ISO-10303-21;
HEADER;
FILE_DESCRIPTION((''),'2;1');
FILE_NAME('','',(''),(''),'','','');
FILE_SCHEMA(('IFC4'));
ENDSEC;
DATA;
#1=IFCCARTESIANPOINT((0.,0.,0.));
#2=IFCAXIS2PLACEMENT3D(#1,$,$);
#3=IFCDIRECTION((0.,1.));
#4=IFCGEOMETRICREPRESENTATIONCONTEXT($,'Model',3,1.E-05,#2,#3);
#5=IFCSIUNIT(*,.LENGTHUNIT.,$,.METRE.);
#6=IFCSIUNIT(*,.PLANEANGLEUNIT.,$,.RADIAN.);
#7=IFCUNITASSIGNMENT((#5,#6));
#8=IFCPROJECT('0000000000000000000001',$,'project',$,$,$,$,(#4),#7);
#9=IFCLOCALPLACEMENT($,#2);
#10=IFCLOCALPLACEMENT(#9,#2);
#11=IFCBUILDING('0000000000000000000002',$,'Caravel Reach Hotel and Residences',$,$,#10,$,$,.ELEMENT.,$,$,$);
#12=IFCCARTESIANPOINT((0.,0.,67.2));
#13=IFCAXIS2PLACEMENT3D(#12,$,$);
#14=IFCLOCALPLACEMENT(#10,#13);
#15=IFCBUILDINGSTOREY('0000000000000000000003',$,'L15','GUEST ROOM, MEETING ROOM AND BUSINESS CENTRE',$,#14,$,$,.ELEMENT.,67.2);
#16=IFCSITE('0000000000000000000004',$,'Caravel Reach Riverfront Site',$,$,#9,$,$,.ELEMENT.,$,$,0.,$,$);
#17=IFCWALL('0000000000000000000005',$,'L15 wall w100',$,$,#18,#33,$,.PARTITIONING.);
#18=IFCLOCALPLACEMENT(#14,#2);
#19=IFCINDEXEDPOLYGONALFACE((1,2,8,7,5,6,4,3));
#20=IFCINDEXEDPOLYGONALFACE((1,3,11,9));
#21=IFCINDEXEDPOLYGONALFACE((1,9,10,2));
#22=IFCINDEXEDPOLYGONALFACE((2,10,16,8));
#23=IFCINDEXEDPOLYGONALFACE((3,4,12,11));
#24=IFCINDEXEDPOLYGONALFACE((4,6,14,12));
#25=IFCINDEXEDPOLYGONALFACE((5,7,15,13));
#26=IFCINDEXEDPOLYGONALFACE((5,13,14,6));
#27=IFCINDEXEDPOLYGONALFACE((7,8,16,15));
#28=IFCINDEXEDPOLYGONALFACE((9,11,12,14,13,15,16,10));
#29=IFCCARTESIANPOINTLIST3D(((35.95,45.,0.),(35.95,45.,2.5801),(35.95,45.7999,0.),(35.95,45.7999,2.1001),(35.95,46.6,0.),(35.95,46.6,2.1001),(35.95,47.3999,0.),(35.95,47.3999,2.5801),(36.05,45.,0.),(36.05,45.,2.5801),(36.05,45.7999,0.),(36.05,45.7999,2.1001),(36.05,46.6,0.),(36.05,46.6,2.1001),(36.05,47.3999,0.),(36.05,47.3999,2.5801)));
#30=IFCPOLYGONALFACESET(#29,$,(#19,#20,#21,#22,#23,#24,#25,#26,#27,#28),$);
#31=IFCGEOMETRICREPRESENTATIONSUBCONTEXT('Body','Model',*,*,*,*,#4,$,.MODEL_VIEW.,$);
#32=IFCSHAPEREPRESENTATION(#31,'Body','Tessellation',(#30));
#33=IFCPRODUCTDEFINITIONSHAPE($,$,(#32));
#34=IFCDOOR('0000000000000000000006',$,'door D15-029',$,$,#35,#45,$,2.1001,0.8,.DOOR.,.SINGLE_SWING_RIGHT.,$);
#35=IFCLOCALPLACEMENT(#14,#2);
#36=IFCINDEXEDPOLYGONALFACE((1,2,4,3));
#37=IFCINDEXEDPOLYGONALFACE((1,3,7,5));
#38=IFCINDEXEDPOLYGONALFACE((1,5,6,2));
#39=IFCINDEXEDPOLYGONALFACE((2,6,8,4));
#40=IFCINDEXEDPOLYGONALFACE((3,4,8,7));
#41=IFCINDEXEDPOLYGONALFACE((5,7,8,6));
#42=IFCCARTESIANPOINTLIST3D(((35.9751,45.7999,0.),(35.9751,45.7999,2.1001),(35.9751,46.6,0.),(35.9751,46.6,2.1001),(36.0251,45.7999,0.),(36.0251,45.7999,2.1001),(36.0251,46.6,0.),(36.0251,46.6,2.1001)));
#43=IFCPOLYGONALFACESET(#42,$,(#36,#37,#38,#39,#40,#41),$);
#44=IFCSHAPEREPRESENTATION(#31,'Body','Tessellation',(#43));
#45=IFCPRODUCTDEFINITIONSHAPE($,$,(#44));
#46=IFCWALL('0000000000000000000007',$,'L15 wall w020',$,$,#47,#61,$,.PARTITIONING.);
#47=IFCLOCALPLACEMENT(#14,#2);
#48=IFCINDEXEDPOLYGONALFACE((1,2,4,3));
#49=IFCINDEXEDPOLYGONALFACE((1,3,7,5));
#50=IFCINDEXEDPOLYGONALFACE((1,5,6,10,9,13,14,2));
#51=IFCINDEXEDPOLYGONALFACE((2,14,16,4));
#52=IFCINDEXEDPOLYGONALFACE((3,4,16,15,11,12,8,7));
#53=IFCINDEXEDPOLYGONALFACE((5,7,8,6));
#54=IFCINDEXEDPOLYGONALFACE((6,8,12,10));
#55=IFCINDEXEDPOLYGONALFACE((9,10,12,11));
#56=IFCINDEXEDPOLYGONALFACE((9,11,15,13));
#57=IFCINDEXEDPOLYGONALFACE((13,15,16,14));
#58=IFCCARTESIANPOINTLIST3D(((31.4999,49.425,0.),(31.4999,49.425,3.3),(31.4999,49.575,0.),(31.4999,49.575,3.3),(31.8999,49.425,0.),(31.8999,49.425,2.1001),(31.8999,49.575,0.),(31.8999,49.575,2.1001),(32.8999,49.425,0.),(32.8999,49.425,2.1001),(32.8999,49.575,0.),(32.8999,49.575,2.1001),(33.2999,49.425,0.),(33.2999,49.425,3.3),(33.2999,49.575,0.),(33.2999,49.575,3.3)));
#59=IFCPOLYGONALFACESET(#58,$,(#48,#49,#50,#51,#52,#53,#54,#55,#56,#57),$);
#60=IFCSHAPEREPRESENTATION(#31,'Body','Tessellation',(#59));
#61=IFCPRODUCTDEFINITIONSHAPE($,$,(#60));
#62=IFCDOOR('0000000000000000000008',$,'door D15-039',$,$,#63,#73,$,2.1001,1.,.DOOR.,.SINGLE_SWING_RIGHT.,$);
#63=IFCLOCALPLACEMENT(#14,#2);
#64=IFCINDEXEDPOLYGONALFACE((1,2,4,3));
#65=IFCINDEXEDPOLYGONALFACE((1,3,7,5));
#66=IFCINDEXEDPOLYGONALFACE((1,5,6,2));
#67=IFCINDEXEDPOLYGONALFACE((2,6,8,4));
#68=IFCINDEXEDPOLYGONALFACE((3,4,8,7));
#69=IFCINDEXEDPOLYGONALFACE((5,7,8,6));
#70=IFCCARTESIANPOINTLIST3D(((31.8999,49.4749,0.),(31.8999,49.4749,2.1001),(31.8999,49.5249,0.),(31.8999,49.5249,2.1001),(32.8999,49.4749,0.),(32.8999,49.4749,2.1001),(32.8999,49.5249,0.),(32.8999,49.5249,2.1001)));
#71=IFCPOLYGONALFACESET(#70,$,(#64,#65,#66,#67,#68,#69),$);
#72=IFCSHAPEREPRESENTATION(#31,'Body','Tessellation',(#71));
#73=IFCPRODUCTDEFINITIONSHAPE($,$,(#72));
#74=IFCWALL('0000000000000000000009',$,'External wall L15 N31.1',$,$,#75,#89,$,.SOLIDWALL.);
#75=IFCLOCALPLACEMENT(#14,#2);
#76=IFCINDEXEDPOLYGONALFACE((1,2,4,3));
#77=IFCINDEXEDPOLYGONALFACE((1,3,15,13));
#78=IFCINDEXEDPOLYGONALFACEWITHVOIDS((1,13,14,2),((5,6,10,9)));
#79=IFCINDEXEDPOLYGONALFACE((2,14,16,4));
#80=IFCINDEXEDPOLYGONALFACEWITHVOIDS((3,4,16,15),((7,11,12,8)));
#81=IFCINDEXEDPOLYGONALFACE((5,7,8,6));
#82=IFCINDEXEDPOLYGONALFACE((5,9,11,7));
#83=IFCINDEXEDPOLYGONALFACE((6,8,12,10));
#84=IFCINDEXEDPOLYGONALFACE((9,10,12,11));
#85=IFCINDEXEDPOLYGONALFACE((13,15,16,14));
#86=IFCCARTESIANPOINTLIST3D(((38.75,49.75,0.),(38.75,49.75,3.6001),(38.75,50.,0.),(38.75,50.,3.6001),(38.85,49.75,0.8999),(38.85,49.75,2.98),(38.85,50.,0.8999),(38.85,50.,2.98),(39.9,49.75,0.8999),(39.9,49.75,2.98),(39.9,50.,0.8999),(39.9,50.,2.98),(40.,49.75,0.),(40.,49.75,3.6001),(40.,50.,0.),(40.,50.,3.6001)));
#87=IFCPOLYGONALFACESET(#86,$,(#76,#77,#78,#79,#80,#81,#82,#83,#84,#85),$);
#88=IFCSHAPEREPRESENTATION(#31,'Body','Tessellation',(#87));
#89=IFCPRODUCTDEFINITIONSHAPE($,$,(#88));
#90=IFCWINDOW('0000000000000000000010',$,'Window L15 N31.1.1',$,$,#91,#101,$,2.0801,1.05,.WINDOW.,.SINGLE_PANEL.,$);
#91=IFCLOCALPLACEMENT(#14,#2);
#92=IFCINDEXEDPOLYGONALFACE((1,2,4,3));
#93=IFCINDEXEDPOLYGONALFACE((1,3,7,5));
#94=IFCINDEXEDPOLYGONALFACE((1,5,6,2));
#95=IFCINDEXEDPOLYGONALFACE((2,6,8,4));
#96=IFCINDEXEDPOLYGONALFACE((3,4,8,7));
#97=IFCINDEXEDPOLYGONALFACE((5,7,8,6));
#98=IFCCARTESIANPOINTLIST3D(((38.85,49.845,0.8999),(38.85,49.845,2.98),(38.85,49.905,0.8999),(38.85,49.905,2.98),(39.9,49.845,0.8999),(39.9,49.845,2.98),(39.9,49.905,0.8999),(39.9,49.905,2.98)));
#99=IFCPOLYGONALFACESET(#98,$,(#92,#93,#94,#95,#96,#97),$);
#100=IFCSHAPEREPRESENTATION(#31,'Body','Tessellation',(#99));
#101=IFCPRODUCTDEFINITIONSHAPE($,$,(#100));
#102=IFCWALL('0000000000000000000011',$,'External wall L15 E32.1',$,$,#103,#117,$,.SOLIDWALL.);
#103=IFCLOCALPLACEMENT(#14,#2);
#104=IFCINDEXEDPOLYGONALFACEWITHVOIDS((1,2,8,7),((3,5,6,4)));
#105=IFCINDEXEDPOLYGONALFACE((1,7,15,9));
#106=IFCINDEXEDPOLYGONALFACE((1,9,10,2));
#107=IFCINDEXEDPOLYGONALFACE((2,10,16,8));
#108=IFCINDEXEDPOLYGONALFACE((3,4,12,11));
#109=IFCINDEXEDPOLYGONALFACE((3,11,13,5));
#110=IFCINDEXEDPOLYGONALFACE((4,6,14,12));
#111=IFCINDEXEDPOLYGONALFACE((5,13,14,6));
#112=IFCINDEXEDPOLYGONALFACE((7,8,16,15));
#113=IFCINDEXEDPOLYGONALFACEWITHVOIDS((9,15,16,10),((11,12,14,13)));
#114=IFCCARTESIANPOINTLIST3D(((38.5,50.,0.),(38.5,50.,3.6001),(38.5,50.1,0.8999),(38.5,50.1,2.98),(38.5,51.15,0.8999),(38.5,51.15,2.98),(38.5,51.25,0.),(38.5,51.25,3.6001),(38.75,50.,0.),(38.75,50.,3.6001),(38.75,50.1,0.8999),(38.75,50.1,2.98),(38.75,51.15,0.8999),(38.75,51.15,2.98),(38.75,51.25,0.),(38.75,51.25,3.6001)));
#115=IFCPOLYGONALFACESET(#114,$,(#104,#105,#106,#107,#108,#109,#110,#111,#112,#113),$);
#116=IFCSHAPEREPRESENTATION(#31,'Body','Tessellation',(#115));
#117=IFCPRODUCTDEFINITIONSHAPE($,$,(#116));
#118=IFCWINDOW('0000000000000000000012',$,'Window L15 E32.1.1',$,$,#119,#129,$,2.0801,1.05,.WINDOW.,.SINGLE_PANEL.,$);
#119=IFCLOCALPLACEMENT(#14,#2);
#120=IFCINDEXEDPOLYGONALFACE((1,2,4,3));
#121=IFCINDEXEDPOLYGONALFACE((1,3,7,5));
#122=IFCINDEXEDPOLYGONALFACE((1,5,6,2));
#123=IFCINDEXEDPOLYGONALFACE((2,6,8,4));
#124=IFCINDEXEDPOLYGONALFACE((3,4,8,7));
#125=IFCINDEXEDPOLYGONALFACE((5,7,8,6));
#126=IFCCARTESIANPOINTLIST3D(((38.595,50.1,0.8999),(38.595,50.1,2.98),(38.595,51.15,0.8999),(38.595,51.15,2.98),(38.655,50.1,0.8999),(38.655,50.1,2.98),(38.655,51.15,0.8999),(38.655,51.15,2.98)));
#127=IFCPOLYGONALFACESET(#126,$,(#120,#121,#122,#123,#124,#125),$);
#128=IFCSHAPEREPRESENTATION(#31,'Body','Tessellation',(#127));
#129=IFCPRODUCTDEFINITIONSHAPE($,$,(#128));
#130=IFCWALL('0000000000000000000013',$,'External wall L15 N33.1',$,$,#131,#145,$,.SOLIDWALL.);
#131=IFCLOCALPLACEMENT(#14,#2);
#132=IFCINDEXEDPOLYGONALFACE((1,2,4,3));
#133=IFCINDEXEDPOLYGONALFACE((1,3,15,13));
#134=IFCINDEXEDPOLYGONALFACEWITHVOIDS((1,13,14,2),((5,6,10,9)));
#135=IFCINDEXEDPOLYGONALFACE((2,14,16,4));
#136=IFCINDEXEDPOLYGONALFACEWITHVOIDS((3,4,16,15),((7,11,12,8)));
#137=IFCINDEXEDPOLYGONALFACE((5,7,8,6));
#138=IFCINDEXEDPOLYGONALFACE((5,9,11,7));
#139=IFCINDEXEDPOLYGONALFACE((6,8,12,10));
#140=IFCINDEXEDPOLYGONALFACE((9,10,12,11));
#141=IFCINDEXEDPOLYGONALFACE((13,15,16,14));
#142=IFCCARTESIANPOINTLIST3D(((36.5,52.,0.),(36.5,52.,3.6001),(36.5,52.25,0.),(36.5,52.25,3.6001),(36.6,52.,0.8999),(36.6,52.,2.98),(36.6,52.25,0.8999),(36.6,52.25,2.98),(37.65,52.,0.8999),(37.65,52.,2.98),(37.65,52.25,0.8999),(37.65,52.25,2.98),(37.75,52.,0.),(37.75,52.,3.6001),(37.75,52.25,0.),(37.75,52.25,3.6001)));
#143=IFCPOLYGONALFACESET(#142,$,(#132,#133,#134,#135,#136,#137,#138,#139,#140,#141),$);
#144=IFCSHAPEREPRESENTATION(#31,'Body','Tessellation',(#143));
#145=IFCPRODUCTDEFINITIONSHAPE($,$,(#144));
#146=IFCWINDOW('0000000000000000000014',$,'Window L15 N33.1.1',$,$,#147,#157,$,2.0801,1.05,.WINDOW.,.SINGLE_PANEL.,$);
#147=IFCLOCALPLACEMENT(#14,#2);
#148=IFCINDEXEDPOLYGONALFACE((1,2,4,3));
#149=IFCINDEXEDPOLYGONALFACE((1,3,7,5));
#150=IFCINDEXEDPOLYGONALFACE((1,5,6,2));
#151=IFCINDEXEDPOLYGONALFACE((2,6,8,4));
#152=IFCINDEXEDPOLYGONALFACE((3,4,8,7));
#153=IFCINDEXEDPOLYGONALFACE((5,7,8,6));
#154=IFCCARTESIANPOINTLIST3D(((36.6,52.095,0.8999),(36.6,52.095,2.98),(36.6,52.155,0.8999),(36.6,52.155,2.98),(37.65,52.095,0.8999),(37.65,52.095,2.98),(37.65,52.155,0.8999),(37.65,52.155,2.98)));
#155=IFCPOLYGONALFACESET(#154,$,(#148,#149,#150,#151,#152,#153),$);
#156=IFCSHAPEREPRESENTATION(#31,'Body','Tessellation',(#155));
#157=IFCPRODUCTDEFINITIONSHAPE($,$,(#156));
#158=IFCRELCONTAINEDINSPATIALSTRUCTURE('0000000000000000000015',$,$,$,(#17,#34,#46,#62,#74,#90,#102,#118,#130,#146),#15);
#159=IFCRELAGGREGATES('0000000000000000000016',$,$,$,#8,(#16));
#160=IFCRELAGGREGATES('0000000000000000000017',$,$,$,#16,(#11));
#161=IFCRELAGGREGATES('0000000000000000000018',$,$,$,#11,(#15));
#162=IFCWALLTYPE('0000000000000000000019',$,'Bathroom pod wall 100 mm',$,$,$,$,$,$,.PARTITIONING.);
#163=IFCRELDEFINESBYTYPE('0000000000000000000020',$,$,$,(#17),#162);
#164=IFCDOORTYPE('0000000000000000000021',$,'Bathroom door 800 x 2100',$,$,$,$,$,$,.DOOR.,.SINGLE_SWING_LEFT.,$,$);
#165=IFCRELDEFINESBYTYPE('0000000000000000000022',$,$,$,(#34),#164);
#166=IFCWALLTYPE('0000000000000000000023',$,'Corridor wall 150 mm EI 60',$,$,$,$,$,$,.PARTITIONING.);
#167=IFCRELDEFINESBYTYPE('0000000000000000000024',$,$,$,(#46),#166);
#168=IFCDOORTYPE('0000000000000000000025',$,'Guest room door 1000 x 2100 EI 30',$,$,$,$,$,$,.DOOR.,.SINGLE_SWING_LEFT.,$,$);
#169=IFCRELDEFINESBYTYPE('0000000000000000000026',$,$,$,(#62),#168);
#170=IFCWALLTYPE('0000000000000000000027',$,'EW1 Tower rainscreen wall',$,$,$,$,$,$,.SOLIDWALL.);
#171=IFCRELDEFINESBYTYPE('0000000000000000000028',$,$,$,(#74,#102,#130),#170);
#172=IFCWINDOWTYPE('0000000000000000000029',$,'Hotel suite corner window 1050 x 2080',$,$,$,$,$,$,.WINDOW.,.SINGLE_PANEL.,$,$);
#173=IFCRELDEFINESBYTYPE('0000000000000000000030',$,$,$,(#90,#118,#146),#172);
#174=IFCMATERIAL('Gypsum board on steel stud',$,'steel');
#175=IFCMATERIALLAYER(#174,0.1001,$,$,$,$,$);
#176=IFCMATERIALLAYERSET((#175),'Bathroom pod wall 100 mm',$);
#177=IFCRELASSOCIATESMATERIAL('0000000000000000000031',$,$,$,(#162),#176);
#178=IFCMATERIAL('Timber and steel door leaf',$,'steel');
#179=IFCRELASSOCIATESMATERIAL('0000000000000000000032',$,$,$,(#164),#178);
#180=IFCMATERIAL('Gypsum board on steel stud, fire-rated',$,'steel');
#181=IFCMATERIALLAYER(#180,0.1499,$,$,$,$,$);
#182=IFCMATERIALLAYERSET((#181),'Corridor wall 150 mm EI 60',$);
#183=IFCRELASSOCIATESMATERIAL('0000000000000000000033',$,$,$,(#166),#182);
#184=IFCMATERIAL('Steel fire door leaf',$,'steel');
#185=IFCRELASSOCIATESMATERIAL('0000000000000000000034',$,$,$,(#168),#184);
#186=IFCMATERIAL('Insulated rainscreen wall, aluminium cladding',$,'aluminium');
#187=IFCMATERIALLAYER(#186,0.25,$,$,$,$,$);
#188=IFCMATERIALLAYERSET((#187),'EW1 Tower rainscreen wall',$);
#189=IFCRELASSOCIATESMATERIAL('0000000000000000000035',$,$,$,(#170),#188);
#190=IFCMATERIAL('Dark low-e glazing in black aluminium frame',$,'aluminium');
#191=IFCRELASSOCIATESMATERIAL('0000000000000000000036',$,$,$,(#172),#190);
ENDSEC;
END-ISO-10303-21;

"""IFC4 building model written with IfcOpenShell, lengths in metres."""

from ifc_helpers import new_model, si_unit, direction, frame, frame_2d, origin, place, context, subcontext, project, spatial, rectangle, extrude, material, layer, layer_set, type_object, element, fill, save


model = new_model("IFC4")

# Units and contexts
model_context = context("Model", 3, precision=1e-05, world=origin(), true_north=direction((0.0, 1.0)))
body_context = subcontext(model_context, "Body", "Model", "MODEL_VIEW")
ifc_project = project(units=[si_unit("LENGTHUNIT", "METRE"), si_unit("PLANEANGLEUNIT", "RADIAN")], contexts=[model_context])

# Site, building, storey
site_placement = place(None, origin())
site = spatial("IfcSite", under=ifc_project, at=site_placement, Name="Caravel Reach Riverfront Site", CompositionType="ELEMENT", RefElevation=0.0)
building_placement = place(site_placement, origin())
building = spatial("IfcBuilding", under=site, at=building_placement, Name="Caravel Reach Hotel and Residences", CompositionType="ELEMENT")
storey_placement = place(building_placement, frame((0.0, 0.0, 67.2)))
storey = spatial("IfcBuildingStorey", under=building, at=storey_placement, Name="L15", Description="GUEST ROOM, MEETING ROOM AND BUSINESS CENTRE", CompositionType="ELEMENT", Elevation=67.2)

# Shared definitions
ifc_material_1 = material(Name="Gypsum board on steel stud", Category="steel")
ifc_layer_1 = layer(ifc_material_1, 0.1001)
ifc_layer_set_1 = layer_set([ifc_layer_1], Name="Bathroom pod wall 100 mm")
wall_type_1 = type_object("IfcWallType", Name="Bathroom pod wall 100 mm", PredefinedType="PARTITIONING", material=ifc_layer_set_1)

# Walls, openings, doors
wall_1_placement = place(storey_placement, frame((36.0, 45.0, 0.0), z_axis=(0.0, 0.0, 1.0), x_axis=(0.0, 1.0, 0.0)))
wall_1 = element("IfcWall", 1, at=wall_1_placement, inside=storey, type_object=wall_type_1, Name="L15 wall w100", PredefinedType="PARTITIONING", context=body_context, shape_type="SweptSolid", body=[
    extrude(rectangle(XDim=2.3999, YDim=0.1001, at=frame_2d((1.2, 0.0))), origin(), (0.0, 0.0, 1.0), 2.5801),
])
opening_1_placement = place(wall_1_placement, frame((0.8, 0.0, 0.0)))
opening_1 = element("IfcOpeningElement", 2, at=opening_1_placement, cuts=wall_1, PredefinedType="OPENING", context=body_context, shape_type="SweptSolid", body=[
    extrude(rectangle(XDim=0.8, YDim=2.1001, at=frame_2d((0.3999, 1.05))), frame((0.0, 0.0601, 0.0), z_axis=(0.0, -1.0, 0.0), x_axis=(1.0, 0.0, 0.0)), (0.0, 0.0, 1.0), 0.1201),
])
ifc_material_2 = material(Name="Timber and steel door leaf", Category="steel")
door_type_1 = type_object("IfcDoorType", Name="Bathroom door 800 x 2100", OperationType="SINGLE_SWING_LEFT", PredefinedType="DOOR", material=ifc_material_2)
door_1_placement = place(opening_1_placement, origin())
door_1 = element("IfcDoor", 3, at=door_1_placement, inside=storey, type_object=door_type_1, Name="door D15-029", OperationType="SINGLE_SWING_RIGHT", OverallHeight=2.1001, OverallWidth=0.8, PredefinedType="DOOR", context=body_context, shape_type="SweptSolid", body=[
    extrude(rectangle(XDim=0.8, YDim=2.1001, at=frame_2d((0.3999, 1.05))), frame((0.0, 0.0249, 0.0), z_axis=(0.0, -1.0, 0.0), x_axis=(1.0, 0.0, 0.0)), (0.0, 0.0, 1.0), 0.05),
])
fill(opening_1, door_1)
ifc_material_3 = material(Name="Gypsum board on steel stud, fire-rated", Category="steel")
ifc_layer_2 = layer(ifc_material_3, 0.1499)
ifc_layer_set_2 = layer_set([ifc_layer_2], Name="Corridor wall 150 mm EI 60")
wall_type_2 = type_object("IfcWallType", Name="Corridor wall 150 mm EI 60", PredefinedType="PARTITIONING", material=ifc_layer_set_2)
wall_2_placement = place(storey_placement, frame((31.5, 49.5, 0.0), z_axis=(0.0, 0.0, 1.0), x_axis=(1.0, 0.0, 0.0)))
wall_2 = element("IfcWall", 4, at=wall_2_placement, inside=storey, type_object=wall_type_2, Name="L15 wall w020", PredefinedType="PARTITIONING", context=body_context, shape_type="SweptSolid", body=[
    extrude(rectangle(XDim=1.8, YDim=0.1499, at=frame_2d((0.8999, 0.0))), origin(), (0.0, 0.0, 1.0), 3.3),
])
opening_2_placement = place(wall_2_placement, frame((0.3999, 0.0, 0.0)))
opening_2 = element("IfcOpeningElement", 5, at=opening_2_placement, cuts=wall_2, PredefinedType="OPENING", context=body_context, shape_type="SweptSolid", body=[
    extrude(rectangle(XDim=1.0, YDim=2.1001, at=frame_2d((0.5, 1.05))), frame((0.0, 0.085, 0.0), z_axis=(0.0, -1.0, 0.0), x_axis=(1.0, 0.0, 0.0)), (0.0, 0.0, 1.0), 0.1699),
])
ifc_material_4 = material(Name="Steel fire door leaf", Category="steel")
door_type_2 = type_object("IfcDoorType", Name="Guest room door 1000 x 2100 EI 30", OperationType="SINGLE_SWING_LEFT", PredefinedType="DOOR", material=ifc_material_4)
door_2_placement = place(opening_2_placement, origin())
door_2 = element("IfcDoor", 6, at=door_2_placement, inside=storey, type_object=door_type_2, Name="door D15-039", OperationType="SINGLE_SWING_RIGHT", OverallHeight=2.1001, OverallWidth=1.0, PredefinedType="DOOR", context=body_context, shape_type="SweptSolid", body=[
    extrude(rectangle(XDim=1.0, YDim=2.1001, at=frame_2d((0.5, 1.05))), frame((0.0, 0.0249, 0.0), z_axis=(0.0, -1.0, 0.0), x_axis=(1.0, 0.0, 0.0)), (0.0, 0.0, 1.0), 0.05),
])
fill(opening_2, door_2)

# Walls, openings, windows
ifc_material_5 = material(Name="Insulated rainscreen wall, aluminium cladding", Category="aluminium")
ifc_layer_3 = layer(ifc_material_5, 0.25)
ifc_layer_set_3 = layer_set([ifc_layer_3], Name="EW1 Tower rainscreen wall")
wall_type_3 = type_object("IfcWallType", Name="EW1 Tower rainscreen wall", PredefinedType="SOLIDWALL", material=ifc_layer_set_3)
wall_3_placement = place(storey_placement, frame((40.0, 49.875, 0.0), z_axis=(0.0, 0.0, 1.0), x_axis=(-1.0, 0.0, 0.0)))
wall_3 = element("IfcWall", 7, at=wall_3_placement, inside=storey, type_object=wall_type_3, Name="External wall L15 N31.1", PredefinedType="SOLIDWALL", context=body_context, shape_type="SweptSolid", body=[
    extrude(rectangle(XDim=1.25, YDim=0.25, at=frame_2d((0.625, 0.0))), origin(), (0.0, 0.0, 1.0), 3.6001),
])
opening_3_placement = place(wall_3_placement, frame((0.1001, 0.0, 0.8999)))
opening_3 = element("IfcOpeningElement", 8, at=opening_3_placement, cuts=wall_3, PredefinedType="OPENING", context=body_context, shape_type="SweptSolid", body=[
    extrude(rectangle(XDim=1.05, YDim=2.0801, at=frame_2d((0.5249, 1.04))), frame((0.0, 0.135, 0.0), z_axis=(0.0, -1.0, 0.0), x_axis=(1.0, 0.0, 0.0)), (0.0, 0.0, 1.0), 0.27),
])
ifc_material_6 = material(Name="Dark low-e glazing in black aluminium frame", Category="aluminium")
window_type_1 = type_object("IfcWindowType", Name="Hotel suite corner window 1050 x 2080", PartitioningType="SINGLE_PANEL", PredefinedType="WINDOW", material=ifc_material_6)
window_1_placement = place(opening_3_placement, origin())
window_1 = element("IfcWindow", 9, at=window_1_placement, inside=storey, type_object=window_type_1, Name="Window L15 N31.1.1", OverallHeight=2.0801, OverallWidth=1.05, PartitioningType="SINGLE_PANEL", PredefinedType="WINDOW", context=body_context, shape_type="SweptSolid", body=[
    extrude(rectangle(XDim=1.05, YDim=2.0801, at=frame_2d((0.5249, 1.04))), frame((0.0, 0.03, 0.0), z_axis=(0.0, -1.0, 0.0), x_axis=(1.0, 0.0, 0.0)), (0.0, 0.0, 1.0), 0.0601),
])
fill(opening_3, window_1)
wall_4_placement = place(storey_placement, frame((38.625, 50.0, 0.0), z_axis=(0.0, 0.0, 1.0), x_axis=(0.0, 1.0, 0.0)))
wall_4 = element("IfcWall", 10, at=wall_4_placement, inside=storey, type_object=wall_type_3, Name="External wall L15 E32.1", PredefinedType="SOLIDWALL", context=body_context, shape_type="SweptSolid", body=[
    extrude(rectangle(XDim=1.25, YDim=0.25, at=frame_2d((0.625, 0.0))), origin(), (0.0, 0.0, 1.0), 3.6001),
])
opening_4_placement = place(wall_4_placement, frame((0.1001, 0.0, 0.8999)))
opening_4 = element("IfcOpeningElement", 11, at=opening_4_placement, cuts=wall_4, PredefinedType="OPENING", context=body_context, shape_type="SweptSolid", body=[
    extrude(rectangle(XDim=1.05, YDim=2.0801, at=frame_2d((0.5249, 1.04))), frame((0.0, 0.135, 0.0), z_axis=(0.0, -1.0, 0.0), x_axis=(1.0, 0.0, 0.0)), (0.0, 0.0, 1.0), 0.27),
])
window_2_placement = place(opening_4_placement, origin())
window_2 = element("IfcWindow", 12, at=window_2_placement, inside=storey, type_object=window_type_1, Name="Window L15 E32.1.1", OverallHeight=2.0801, OverallWidth=1.05, PartitioningType="SINGLE_PANEL", PredefinedType="WINDOW", context=body_context, shape_type="SweptSolid", body=[
    extrude(rectangle(XDim=1.05, YDim=2.0801, at=frame_2d((0.5249, 1.04))), frame((0.0, 0.03, 0.0), z_axis=(0.0, -1.0, 0.0), x_axis=(1.0, 0.0, 0.0)), (0.0, 0.0, 1.0), 0.0601),
])
fill(opening_4, window_2)
wall_5_placement = place(storey_placement, frame((37.75, 52.125, 0.0), z_axis=(0.0, 0.0, 1.0), x_axis=(-1.0, 0.0, 0.0)))
wall_5 = element("IfcWall", 13, at=wall_5_placement, inside=storey, type_object=wall_type_3, Name="External wall L15 N33.1", PredefinedType="SOLIDWALL", context=body_context, shape_type="SweptSolid", body=[
    extrude(rectangle(XDim=1.25, YDim=0.25, at=frame_2d((0.625, 0.0))), origin(), (0.0, 0.0, 1.0), 3.6001),
])
opening_5_placement = place(wall_5_placement, frame((0.1001, 0.0, 0.8999)))
opening_5 = element("IfcOpeningElement", 14, at=opening_5_placement, cuts=wall_5, PredefinedType="OPENING", context=body_context, shape_type="SweptSolid", body=[
    extrude(rectangle(XDim=1.05, YDim=2.0801, at=frame_2d((0.5249, 1.04))), frame((0.0, 0.135, 0.0), z_axis=(0.0, -1.0, 0.0), x_axis=(1.0, 0.0, 0.0)), (0.0, 0.0, 1.0), 0.27),
])
window_3_placement = place(opening_5_placement, origin())
window_3 = element("IfcWindow", 15, at=window_3_placement, inside=storey, type_object=window_type_1, Name="Window L15 N33.1.1", OverallHeight=2.0801, OverallWidth=1.05, PartitioningType="SINGLE_PANEL", PredefinedType="WINDOW", context=body_context, shape_type="SweptSolid", body=[
    extrude(rectangle(XDim=1.05, YDim=2.0801, at=frame_2d((0.5249, 1.04))), frame((0.0, 0.03, 0.0), z_axis=(0.0, -1.0, 0.0), x_axis=(1.0, 0.0, 0.0)), (0.0, 0.0, 1.0), 0.0601),
])
fill(opening_5, window_3)

save(model, "model.ifc")
